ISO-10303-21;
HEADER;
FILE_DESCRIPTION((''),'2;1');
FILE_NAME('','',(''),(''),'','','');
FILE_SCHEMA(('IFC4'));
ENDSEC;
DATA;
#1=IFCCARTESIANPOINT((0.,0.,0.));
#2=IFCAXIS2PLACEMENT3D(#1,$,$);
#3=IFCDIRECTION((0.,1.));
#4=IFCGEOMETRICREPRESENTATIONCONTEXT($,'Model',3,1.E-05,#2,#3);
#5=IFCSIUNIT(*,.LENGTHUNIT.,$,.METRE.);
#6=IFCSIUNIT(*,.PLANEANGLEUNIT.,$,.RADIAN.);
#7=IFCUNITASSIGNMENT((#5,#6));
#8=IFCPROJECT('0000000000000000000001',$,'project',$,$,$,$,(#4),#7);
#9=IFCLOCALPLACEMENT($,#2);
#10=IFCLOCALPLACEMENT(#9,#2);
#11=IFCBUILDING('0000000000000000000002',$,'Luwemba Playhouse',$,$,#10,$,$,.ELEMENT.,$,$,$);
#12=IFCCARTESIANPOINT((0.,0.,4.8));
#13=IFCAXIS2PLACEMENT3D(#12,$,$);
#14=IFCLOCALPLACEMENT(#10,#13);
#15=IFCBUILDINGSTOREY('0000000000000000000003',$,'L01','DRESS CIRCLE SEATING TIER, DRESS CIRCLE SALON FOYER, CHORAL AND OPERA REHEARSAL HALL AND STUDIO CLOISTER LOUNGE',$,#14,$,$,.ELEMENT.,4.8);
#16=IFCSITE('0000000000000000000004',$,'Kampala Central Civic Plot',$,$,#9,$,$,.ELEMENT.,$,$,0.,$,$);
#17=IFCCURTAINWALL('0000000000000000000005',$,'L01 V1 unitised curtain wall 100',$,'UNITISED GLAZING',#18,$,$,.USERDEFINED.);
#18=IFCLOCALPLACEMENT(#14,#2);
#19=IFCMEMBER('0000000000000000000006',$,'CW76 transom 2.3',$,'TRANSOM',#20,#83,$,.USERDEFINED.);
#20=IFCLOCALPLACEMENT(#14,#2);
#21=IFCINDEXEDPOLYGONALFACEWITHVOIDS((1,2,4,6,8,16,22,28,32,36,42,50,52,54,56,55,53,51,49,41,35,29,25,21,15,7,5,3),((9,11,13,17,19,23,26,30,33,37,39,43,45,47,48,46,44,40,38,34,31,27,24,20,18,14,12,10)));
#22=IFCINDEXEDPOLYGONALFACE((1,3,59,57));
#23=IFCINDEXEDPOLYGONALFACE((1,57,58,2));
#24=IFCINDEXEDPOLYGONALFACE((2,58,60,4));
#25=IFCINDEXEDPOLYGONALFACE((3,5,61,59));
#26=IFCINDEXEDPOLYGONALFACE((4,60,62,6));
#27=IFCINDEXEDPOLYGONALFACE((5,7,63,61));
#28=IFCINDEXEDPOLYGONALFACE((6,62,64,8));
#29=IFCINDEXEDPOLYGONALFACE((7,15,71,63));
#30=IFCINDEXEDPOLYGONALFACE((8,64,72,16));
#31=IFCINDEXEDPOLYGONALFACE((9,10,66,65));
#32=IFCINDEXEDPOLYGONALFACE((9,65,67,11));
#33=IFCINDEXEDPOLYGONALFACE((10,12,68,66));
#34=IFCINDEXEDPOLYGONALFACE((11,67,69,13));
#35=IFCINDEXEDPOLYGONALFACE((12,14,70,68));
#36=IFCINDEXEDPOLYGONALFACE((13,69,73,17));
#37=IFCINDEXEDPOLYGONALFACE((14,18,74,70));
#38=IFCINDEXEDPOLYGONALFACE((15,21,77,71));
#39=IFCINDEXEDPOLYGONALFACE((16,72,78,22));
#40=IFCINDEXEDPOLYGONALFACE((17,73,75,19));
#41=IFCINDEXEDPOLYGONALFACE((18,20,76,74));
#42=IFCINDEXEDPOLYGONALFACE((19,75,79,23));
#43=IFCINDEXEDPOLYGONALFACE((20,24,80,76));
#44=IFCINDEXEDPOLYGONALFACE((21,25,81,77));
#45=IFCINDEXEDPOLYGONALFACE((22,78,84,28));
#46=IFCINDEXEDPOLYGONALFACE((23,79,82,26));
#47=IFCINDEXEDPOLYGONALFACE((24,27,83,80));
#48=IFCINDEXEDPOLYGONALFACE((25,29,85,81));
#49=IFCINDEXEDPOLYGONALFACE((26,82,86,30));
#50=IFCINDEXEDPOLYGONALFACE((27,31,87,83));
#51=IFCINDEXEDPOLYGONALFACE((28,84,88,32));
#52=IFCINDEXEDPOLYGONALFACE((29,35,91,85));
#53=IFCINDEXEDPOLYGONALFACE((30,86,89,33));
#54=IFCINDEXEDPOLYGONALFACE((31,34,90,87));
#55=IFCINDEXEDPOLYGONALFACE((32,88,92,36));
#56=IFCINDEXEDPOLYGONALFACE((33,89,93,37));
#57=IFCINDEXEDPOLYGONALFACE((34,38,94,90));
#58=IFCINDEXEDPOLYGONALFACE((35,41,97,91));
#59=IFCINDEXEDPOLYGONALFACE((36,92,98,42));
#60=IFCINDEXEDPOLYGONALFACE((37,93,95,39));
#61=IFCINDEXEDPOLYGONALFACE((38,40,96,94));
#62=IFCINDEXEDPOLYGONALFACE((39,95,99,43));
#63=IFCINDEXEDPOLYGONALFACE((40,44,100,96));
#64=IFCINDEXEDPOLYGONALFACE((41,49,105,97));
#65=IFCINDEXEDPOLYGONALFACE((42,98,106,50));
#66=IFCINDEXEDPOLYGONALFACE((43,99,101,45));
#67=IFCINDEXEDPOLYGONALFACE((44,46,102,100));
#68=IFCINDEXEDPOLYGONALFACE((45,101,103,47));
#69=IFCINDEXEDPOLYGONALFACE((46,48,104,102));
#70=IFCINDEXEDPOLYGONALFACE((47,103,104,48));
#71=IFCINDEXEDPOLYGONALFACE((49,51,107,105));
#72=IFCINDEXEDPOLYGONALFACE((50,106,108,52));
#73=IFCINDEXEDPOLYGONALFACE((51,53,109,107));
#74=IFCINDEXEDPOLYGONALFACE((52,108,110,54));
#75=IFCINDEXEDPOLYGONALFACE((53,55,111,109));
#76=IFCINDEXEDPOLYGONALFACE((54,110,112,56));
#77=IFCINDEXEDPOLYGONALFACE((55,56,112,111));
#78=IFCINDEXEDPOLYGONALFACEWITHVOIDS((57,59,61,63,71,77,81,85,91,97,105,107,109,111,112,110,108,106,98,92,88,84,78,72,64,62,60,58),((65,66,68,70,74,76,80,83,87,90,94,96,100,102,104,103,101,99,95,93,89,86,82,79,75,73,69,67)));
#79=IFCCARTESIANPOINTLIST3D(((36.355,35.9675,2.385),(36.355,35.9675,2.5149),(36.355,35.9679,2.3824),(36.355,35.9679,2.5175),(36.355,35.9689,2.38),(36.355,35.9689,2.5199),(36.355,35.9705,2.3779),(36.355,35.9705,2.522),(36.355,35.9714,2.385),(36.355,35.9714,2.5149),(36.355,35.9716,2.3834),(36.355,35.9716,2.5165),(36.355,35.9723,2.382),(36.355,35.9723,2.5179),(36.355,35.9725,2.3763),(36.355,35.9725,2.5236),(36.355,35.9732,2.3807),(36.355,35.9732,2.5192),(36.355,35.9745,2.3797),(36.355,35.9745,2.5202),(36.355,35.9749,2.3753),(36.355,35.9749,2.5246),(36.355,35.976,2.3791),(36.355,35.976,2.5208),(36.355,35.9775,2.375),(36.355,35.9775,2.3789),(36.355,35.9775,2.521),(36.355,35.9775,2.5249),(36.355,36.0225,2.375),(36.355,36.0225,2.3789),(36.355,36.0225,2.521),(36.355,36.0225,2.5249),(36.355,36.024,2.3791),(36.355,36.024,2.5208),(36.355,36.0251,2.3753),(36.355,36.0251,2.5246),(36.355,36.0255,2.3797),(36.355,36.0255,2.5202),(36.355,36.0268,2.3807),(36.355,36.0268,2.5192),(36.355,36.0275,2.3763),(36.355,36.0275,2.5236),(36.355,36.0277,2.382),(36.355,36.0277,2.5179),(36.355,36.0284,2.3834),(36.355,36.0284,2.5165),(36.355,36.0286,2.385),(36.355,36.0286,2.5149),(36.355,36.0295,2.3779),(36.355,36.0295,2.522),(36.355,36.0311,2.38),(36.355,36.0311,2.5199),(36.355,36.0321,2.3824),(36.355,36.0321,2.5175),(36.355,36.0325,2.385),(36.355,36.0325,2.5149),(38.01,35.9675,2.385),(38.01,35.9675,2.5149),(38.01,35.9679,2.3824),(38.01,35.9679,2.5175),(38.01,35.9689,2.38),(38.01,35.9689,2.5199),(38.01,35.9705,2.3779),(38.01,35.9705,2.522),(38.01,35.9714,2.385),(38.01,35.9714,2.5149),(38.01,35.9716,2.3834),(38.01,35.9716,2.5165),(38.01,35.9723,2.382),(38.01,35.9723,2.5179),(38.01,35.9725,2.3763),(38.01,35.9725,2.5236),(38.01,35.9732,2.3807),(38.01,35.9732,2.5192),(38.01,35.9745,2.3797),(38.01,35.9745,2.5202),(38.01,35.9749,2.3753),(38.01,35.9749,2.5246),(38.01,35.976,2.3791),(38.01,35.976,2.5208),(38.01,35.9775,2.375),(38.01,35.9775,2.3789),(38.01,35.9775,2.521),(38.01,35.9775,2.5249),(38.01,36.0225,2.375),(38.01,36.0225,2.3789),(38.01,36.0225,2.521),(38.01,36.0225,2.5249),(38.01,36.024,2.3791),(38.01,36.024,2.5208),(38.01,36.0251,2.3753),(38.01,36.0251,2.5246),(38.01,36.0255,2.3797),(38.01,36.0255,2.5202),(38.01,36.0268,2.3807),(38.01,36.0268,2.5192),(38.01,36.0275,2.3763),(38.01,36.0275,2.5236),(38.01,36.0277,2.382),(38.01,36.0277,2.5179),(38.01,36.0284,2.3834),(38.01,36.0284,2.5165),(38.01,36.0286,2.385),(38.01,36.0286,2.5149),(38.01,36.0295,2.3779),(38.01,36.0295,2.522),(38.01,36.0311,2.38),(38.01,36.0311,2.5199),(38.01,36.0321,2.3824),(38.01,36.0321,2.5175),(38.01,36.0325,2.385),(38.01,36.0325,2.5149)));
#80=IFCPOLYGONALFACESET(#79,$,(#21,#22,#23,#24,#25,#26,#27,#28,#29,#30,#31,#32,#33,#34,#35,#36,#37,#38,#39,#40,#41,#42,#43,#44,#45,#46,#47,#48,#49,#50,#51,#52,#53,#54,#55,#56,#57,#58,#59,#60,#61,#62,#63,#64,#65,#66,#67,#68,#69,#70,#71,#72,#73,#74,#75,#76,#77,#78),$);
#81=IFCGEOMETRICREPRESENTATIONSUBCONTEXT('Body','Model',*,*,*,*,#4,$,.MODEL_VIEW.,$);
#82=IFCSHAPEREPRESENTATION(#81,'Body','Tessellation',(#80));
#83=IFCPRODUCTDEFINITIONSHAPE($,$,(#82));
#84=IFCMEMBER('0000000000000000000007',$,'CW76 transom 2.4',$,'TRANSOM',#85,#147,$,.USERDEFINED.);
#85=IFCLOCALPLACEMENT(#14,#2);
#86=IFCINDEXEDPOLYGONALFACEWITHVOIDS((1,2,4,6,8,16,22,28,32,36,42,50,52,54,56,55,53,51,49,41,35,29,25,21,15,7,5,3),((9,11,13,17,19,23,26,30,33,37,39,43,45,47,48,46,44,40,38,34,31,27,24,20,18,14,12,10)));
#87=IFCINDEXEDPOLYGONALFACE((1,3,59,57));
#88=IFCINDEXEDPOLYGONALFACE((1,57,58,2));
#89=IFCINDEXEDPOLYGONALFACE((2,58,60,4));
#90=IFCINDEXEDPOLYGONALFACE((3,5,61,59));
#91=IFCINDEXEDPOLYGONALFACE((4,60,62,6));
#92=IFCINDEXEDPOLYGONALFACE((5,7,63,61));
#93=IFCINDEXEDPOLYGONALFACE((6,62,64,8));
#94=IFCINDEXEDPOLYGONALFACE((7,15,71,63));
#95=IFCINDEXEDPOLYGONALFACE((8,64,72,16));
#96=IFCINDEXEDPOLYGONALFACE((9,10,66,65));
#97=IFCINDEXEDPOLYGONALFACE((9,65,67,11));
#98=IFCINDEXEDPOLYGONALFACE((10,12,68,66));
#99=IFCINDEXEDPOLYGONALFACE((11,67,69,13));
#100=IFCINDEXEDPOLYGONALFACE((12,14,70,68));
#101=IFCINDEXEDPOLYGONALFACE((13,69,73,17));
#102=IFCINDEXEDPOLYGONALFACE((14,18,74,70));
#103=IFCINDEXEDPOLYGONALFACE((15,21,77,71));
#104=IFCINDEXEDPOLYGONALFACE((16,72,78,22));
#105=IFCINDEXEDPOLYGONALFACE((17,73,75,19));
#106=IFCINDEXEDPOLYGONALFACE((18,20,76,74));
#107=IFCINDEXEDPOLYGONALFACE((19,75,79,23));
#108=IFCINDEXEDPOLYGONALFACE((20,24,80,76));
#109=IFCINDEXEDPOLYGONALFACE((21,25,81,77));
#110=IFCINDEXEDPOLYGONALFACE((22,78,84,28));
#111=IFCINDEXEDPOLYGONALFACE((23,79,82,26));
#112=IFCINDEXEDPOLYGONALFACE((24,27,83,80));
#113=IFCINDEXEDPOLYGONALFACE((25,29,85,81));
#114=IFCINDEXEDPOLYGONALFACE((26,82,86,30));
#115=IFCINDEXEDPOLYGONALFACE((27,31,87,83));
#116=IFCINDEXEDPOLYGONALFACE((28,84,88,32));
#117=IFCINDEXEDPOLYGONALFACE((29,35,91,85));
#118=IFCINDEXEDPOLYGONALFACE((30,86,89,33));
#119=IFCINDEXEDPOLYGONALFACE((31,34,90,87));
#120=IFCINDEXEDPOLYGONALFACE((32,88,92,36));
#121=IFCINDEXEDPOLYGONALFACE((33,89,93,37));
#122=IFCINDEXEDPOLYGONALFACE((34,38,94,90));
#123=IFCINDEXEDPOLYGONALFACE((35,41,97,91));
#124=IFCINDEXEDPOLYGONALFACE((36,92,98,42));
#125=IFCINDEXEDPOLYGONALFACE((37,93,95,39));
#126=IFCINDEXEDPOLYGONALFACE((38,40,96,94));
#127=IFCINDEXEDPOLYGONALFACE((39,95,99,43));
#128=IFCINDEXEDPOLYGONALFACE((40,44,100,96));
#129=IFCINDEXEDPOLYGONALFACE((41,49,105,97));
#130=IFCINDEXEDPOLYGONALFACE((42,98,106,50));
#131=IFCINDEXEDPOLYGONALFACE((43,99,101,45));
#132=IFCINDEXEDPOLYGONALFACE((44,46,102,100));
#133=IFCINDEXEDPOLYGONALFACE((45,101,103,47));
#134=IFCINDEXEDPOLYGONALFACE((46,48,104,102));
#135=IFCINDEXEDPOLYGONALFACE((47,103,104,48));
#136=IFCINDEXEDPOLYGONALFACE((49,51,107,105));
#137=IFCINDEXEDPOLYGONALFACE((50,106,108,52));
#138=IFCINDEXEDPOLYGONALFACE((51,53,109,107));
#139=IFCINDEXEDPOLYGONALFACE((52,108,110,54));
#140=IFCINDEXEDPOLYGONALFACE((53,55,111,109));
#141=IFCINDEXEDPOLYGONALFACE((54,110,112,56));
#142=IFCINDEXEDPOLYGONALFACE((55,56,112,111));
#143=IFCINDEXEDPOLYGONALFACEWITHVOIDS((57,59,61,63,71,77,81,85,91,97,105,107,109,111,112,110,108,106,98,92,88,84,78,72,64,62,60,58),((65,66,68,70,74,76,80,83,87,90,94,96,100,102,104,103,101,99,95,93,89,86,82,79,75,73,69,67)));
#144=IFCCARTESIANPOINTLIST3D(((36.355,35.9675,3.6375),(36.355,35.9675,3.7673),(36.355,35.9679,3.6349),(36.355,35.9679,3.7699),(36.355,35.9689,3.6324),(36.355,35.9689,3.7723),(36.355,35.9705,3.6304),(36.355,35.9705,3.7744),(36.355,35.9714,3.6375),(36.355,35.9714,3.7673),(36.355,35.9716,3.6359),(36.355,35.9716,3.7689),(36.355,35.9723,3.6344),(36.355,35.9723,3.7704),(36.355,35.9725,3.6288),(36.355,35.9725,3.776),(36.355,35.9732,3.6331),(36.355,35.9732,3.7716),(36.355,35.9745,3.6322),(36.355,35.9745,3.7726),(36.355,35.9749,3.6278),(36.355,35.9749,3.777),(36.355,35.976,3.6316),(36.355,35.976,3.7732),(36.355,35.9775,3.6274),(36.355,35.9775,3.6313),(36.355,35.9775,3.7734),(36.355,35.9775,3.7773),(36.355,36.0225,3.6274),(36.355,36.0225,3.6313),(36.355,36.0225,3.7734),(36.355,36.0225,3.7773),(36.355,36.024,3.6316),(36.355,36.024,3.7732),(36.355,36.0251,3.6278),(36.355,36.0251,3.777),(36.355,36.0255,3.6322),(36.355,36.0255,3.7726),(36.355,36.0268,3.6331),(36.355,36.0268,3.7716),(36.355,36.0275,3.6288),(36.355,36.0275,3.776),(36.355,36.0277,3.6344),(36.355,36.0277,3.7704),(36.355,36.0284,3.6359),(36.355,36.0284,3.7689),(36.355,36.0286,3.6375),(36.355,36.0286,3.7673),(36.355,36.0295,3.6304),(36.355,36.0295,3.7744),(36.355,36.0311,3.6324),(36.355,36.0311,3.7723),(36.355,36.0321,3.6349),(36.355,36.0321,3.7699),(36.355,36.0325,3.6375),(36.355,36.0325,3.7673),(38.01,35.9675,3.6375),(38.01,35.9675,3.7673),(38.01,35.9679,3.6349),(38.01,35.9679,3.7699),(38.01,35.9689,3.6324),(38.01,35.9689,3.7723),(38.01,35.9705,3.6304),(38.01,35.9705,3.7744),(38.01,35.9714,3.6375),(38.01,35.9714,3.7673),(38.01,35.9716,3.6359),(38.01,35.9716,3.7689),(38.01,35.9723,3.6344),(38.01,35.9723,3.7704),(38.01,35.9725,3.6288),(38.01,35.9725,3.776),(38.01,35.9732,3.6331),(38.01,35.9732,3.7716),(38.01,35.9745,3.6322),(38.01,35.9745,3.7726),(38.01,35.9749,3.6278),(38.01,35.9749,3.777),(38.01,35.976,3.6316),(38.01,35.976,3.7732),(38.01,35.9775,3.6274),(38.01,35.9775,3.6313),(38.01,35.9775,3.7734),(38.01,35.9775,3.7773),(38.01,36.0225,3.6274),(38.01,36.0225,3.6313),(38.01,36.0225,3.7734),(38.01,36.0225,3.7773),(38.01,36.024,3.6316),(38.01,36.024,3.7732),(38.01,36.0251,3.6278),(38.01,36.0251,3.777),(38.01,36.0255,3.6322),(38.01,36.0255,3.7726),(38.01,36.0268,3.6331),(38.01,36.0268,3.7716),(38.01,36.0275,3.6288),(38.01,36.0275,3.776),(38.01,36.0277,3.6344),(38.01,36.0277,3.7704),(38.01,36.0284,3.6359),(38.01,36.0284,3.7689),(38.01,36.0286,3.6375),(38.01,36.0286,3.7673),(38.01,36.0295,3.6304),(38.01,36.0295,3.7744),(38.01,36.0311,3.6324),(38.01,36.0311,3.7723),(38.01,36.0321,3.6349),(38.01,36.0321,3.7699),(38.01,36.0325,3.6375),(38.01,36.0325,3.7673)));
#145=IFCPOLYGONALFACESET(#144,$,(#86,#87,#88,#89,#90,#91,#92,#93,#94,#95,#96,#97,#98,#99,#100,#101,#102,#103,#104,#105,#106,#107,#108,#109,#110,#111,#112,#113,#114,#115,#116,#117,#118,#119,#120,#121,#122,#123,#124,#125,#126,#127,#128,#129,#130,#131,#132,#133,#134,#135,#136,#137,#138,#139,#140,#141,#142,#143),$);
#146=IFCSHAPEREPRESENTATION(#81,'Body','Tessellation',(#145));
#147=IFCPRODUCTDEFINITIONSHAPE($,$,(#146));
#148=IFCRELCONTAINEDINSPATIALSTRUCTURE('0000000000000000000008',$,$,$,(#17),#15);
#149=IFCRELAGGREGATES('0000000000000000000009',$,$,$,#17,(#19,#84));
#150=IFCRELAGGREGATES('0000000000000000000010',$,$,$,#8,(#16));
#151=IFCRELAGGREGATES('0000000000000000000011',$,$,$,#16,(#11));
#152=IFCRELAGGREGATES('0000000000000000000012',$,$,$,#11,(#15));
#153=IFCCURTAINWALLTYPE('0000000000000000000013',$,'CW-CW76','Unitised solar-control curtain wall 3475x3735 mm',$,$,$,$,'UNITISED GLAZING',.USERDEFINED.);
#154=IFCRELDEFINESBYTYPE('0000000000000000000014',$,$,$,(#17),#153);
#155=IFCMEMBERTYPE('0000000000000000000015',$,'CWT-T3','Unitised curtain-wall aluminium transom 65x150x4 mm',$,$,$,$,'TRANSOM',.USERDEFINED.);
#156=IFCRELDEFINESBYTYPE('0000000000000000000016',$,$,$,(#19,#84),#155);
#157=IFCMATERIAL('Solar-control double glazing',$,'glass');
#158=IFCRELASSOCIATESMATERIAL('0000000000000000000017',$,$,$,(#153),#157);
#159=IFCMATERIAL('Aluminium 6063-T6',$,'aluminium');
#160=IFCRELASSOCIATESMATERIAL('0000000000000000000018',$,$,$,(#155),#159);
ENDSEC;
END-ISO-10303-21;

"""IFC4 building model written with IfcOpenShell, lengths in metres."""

from ifc_helpers import new_model, si_unit, direction, frame, origin, origin_2d, place, context, subcontext, project, spatial, hollow_rectangle, extrude, material, material_profile, profile_set, type_object, element, aggregate, save


model = new_model("IFC4")

# Units and contexts
model_context = context("Model", 3, precision=1e-05, world=origin(), true_north=direction((0.0, 1.0)))
body_context = subcontext(model_context, "Body", "Model", "MODEL_VIEW")
ifc_project = project(units=[si_unit("LENGTHUNIT", "METRE"), si_unit("PLANEANGLEUNIT", "RADIAN")], contexts=[model_context])

# Site, building, storey
site_placement = place(None, origin())
site = spatial("IfcSite", under=ifc_project, at=site_placement, Name="Kampala Central Civic Plot", CompositionType="ELEMENT", RefElevation=0.0)
building_placement = place(site_placement, origin())
building = spatial("IfcBuilding", under=site, at=building_placement, Name="Luwemba Playhouse", CompositionType="ELEMENT")
storey_placement = place(building_placement, frame((0.0, 0.0, 4.8)))
storey = spatial("IfcBuildingStorey", under=building, at=storey_placement, Name="L01", Description="DRESS CIRCLE SEATING TIER, DRESS CIRCLE SALON FOYER, CHORAL AND OPERA REHEARSAL HALL AND STUDIO CLOISTER LOUNGE", CompositionType="ELEMENT", Elevation=4.8)

# Curtain wall
ifc_material_1 = material(Name="Solar-control double glazing", Category="glass")
curtain_wall_type_1 = type_object("IfcCurtainWallType", Name="CW-CW76", Description="Unitised solar-control curtain wall 3475x3735 mm", ElementType="UNITISED GLAZING", PredefinedType="USERDEFINED", material=ifc_material_1)
curtain_wall_1_placement = place(storey_placement, origin())
curtain_wall_1 = element("IfcCurtainWall", 1, at=curtain_wall_1_placement, inside=storey, type_object=curtain_wall_type_1, Name="L01 V1 unitised curtain wall 100", ObjectType="UNITISED GLAZING", PredefinedType="USERDEFINED")
ifc_material_2 = material(Name="Aluminium 6063-T6", Category="aluminium")

# Members
ifc_material_profile_1 = material_profile(ifc_material_2, hollow_rectangle(XDim=0.0649, YDim=0.1499, WallThickness=0.0039, InnerFilletRadius=0.0061, OuterFilletRadius=0.01, at=origin_2d()))
ifc_profile_set_1 = profile_set([ifc_material_profile_1], Name="Aluminium 6063-T6")
member_type_1 = type_object("IfcMemberType", Name="CWT-T3", Description="Unitised curtain-wall aluminium transom 65x150x4 mm", ElementType="TRANSOM", PredefinedType="USERDEFINED", material=ifc_profile_set_1)
member_1_placement = place(storey_placement, frame((38.01, 36.0, 2.45), z_axis=(-1.0, 0.0, 0.0), x_axis=(0.0, -1.0, 0.0)))
member_1 = element("IfcMember", 2, at=member_1_placement, type_object=member_type_1, Name="CW76 transom 2.3", ObjectType="TRANSOM", PredefinedType="USERDEFINED", context=body_context, shape_type="SweptSolid", body=[
    extrude(hollow_rectangle(XDim=0.0649, YDim=0.1499, WallThickness=0.0039, InnerFilletRadius=0.0061, OuterFilletRadius=0.01, at=origin_2d()), origin(), (0.0, 0.0, 1.0), 1.655),
])
member_2_placement = place(storey_placement, frame((38.01, 36.0, 3.7024), z_axis=(-1.0, 0.0, 0.0), x_axis=(0.0, -1.0, 0.0)))
member_2 = element("IfcMember", 3, at=member_2_placement, type_object=member_type_1, Name="CW76 transom 2.4", ObjectType="TRANSOM", PredefinedType="USERDEFINED", context=body_context, shape_type="SweptSolid", body=[
    extrude(hollow_rectangle(XDim=0.0649, YDim=0.1499, WallThickness=0.0039, InnerFilletRadius=0.0061, OuterFilletRadius=0.01, at=origin_2d()), origin(), (0.0, 0.0, 1.0), 1.655),
])

aggregate(curtain_wall_1, [member_1, member_2])

save(model, "model.ifc")
